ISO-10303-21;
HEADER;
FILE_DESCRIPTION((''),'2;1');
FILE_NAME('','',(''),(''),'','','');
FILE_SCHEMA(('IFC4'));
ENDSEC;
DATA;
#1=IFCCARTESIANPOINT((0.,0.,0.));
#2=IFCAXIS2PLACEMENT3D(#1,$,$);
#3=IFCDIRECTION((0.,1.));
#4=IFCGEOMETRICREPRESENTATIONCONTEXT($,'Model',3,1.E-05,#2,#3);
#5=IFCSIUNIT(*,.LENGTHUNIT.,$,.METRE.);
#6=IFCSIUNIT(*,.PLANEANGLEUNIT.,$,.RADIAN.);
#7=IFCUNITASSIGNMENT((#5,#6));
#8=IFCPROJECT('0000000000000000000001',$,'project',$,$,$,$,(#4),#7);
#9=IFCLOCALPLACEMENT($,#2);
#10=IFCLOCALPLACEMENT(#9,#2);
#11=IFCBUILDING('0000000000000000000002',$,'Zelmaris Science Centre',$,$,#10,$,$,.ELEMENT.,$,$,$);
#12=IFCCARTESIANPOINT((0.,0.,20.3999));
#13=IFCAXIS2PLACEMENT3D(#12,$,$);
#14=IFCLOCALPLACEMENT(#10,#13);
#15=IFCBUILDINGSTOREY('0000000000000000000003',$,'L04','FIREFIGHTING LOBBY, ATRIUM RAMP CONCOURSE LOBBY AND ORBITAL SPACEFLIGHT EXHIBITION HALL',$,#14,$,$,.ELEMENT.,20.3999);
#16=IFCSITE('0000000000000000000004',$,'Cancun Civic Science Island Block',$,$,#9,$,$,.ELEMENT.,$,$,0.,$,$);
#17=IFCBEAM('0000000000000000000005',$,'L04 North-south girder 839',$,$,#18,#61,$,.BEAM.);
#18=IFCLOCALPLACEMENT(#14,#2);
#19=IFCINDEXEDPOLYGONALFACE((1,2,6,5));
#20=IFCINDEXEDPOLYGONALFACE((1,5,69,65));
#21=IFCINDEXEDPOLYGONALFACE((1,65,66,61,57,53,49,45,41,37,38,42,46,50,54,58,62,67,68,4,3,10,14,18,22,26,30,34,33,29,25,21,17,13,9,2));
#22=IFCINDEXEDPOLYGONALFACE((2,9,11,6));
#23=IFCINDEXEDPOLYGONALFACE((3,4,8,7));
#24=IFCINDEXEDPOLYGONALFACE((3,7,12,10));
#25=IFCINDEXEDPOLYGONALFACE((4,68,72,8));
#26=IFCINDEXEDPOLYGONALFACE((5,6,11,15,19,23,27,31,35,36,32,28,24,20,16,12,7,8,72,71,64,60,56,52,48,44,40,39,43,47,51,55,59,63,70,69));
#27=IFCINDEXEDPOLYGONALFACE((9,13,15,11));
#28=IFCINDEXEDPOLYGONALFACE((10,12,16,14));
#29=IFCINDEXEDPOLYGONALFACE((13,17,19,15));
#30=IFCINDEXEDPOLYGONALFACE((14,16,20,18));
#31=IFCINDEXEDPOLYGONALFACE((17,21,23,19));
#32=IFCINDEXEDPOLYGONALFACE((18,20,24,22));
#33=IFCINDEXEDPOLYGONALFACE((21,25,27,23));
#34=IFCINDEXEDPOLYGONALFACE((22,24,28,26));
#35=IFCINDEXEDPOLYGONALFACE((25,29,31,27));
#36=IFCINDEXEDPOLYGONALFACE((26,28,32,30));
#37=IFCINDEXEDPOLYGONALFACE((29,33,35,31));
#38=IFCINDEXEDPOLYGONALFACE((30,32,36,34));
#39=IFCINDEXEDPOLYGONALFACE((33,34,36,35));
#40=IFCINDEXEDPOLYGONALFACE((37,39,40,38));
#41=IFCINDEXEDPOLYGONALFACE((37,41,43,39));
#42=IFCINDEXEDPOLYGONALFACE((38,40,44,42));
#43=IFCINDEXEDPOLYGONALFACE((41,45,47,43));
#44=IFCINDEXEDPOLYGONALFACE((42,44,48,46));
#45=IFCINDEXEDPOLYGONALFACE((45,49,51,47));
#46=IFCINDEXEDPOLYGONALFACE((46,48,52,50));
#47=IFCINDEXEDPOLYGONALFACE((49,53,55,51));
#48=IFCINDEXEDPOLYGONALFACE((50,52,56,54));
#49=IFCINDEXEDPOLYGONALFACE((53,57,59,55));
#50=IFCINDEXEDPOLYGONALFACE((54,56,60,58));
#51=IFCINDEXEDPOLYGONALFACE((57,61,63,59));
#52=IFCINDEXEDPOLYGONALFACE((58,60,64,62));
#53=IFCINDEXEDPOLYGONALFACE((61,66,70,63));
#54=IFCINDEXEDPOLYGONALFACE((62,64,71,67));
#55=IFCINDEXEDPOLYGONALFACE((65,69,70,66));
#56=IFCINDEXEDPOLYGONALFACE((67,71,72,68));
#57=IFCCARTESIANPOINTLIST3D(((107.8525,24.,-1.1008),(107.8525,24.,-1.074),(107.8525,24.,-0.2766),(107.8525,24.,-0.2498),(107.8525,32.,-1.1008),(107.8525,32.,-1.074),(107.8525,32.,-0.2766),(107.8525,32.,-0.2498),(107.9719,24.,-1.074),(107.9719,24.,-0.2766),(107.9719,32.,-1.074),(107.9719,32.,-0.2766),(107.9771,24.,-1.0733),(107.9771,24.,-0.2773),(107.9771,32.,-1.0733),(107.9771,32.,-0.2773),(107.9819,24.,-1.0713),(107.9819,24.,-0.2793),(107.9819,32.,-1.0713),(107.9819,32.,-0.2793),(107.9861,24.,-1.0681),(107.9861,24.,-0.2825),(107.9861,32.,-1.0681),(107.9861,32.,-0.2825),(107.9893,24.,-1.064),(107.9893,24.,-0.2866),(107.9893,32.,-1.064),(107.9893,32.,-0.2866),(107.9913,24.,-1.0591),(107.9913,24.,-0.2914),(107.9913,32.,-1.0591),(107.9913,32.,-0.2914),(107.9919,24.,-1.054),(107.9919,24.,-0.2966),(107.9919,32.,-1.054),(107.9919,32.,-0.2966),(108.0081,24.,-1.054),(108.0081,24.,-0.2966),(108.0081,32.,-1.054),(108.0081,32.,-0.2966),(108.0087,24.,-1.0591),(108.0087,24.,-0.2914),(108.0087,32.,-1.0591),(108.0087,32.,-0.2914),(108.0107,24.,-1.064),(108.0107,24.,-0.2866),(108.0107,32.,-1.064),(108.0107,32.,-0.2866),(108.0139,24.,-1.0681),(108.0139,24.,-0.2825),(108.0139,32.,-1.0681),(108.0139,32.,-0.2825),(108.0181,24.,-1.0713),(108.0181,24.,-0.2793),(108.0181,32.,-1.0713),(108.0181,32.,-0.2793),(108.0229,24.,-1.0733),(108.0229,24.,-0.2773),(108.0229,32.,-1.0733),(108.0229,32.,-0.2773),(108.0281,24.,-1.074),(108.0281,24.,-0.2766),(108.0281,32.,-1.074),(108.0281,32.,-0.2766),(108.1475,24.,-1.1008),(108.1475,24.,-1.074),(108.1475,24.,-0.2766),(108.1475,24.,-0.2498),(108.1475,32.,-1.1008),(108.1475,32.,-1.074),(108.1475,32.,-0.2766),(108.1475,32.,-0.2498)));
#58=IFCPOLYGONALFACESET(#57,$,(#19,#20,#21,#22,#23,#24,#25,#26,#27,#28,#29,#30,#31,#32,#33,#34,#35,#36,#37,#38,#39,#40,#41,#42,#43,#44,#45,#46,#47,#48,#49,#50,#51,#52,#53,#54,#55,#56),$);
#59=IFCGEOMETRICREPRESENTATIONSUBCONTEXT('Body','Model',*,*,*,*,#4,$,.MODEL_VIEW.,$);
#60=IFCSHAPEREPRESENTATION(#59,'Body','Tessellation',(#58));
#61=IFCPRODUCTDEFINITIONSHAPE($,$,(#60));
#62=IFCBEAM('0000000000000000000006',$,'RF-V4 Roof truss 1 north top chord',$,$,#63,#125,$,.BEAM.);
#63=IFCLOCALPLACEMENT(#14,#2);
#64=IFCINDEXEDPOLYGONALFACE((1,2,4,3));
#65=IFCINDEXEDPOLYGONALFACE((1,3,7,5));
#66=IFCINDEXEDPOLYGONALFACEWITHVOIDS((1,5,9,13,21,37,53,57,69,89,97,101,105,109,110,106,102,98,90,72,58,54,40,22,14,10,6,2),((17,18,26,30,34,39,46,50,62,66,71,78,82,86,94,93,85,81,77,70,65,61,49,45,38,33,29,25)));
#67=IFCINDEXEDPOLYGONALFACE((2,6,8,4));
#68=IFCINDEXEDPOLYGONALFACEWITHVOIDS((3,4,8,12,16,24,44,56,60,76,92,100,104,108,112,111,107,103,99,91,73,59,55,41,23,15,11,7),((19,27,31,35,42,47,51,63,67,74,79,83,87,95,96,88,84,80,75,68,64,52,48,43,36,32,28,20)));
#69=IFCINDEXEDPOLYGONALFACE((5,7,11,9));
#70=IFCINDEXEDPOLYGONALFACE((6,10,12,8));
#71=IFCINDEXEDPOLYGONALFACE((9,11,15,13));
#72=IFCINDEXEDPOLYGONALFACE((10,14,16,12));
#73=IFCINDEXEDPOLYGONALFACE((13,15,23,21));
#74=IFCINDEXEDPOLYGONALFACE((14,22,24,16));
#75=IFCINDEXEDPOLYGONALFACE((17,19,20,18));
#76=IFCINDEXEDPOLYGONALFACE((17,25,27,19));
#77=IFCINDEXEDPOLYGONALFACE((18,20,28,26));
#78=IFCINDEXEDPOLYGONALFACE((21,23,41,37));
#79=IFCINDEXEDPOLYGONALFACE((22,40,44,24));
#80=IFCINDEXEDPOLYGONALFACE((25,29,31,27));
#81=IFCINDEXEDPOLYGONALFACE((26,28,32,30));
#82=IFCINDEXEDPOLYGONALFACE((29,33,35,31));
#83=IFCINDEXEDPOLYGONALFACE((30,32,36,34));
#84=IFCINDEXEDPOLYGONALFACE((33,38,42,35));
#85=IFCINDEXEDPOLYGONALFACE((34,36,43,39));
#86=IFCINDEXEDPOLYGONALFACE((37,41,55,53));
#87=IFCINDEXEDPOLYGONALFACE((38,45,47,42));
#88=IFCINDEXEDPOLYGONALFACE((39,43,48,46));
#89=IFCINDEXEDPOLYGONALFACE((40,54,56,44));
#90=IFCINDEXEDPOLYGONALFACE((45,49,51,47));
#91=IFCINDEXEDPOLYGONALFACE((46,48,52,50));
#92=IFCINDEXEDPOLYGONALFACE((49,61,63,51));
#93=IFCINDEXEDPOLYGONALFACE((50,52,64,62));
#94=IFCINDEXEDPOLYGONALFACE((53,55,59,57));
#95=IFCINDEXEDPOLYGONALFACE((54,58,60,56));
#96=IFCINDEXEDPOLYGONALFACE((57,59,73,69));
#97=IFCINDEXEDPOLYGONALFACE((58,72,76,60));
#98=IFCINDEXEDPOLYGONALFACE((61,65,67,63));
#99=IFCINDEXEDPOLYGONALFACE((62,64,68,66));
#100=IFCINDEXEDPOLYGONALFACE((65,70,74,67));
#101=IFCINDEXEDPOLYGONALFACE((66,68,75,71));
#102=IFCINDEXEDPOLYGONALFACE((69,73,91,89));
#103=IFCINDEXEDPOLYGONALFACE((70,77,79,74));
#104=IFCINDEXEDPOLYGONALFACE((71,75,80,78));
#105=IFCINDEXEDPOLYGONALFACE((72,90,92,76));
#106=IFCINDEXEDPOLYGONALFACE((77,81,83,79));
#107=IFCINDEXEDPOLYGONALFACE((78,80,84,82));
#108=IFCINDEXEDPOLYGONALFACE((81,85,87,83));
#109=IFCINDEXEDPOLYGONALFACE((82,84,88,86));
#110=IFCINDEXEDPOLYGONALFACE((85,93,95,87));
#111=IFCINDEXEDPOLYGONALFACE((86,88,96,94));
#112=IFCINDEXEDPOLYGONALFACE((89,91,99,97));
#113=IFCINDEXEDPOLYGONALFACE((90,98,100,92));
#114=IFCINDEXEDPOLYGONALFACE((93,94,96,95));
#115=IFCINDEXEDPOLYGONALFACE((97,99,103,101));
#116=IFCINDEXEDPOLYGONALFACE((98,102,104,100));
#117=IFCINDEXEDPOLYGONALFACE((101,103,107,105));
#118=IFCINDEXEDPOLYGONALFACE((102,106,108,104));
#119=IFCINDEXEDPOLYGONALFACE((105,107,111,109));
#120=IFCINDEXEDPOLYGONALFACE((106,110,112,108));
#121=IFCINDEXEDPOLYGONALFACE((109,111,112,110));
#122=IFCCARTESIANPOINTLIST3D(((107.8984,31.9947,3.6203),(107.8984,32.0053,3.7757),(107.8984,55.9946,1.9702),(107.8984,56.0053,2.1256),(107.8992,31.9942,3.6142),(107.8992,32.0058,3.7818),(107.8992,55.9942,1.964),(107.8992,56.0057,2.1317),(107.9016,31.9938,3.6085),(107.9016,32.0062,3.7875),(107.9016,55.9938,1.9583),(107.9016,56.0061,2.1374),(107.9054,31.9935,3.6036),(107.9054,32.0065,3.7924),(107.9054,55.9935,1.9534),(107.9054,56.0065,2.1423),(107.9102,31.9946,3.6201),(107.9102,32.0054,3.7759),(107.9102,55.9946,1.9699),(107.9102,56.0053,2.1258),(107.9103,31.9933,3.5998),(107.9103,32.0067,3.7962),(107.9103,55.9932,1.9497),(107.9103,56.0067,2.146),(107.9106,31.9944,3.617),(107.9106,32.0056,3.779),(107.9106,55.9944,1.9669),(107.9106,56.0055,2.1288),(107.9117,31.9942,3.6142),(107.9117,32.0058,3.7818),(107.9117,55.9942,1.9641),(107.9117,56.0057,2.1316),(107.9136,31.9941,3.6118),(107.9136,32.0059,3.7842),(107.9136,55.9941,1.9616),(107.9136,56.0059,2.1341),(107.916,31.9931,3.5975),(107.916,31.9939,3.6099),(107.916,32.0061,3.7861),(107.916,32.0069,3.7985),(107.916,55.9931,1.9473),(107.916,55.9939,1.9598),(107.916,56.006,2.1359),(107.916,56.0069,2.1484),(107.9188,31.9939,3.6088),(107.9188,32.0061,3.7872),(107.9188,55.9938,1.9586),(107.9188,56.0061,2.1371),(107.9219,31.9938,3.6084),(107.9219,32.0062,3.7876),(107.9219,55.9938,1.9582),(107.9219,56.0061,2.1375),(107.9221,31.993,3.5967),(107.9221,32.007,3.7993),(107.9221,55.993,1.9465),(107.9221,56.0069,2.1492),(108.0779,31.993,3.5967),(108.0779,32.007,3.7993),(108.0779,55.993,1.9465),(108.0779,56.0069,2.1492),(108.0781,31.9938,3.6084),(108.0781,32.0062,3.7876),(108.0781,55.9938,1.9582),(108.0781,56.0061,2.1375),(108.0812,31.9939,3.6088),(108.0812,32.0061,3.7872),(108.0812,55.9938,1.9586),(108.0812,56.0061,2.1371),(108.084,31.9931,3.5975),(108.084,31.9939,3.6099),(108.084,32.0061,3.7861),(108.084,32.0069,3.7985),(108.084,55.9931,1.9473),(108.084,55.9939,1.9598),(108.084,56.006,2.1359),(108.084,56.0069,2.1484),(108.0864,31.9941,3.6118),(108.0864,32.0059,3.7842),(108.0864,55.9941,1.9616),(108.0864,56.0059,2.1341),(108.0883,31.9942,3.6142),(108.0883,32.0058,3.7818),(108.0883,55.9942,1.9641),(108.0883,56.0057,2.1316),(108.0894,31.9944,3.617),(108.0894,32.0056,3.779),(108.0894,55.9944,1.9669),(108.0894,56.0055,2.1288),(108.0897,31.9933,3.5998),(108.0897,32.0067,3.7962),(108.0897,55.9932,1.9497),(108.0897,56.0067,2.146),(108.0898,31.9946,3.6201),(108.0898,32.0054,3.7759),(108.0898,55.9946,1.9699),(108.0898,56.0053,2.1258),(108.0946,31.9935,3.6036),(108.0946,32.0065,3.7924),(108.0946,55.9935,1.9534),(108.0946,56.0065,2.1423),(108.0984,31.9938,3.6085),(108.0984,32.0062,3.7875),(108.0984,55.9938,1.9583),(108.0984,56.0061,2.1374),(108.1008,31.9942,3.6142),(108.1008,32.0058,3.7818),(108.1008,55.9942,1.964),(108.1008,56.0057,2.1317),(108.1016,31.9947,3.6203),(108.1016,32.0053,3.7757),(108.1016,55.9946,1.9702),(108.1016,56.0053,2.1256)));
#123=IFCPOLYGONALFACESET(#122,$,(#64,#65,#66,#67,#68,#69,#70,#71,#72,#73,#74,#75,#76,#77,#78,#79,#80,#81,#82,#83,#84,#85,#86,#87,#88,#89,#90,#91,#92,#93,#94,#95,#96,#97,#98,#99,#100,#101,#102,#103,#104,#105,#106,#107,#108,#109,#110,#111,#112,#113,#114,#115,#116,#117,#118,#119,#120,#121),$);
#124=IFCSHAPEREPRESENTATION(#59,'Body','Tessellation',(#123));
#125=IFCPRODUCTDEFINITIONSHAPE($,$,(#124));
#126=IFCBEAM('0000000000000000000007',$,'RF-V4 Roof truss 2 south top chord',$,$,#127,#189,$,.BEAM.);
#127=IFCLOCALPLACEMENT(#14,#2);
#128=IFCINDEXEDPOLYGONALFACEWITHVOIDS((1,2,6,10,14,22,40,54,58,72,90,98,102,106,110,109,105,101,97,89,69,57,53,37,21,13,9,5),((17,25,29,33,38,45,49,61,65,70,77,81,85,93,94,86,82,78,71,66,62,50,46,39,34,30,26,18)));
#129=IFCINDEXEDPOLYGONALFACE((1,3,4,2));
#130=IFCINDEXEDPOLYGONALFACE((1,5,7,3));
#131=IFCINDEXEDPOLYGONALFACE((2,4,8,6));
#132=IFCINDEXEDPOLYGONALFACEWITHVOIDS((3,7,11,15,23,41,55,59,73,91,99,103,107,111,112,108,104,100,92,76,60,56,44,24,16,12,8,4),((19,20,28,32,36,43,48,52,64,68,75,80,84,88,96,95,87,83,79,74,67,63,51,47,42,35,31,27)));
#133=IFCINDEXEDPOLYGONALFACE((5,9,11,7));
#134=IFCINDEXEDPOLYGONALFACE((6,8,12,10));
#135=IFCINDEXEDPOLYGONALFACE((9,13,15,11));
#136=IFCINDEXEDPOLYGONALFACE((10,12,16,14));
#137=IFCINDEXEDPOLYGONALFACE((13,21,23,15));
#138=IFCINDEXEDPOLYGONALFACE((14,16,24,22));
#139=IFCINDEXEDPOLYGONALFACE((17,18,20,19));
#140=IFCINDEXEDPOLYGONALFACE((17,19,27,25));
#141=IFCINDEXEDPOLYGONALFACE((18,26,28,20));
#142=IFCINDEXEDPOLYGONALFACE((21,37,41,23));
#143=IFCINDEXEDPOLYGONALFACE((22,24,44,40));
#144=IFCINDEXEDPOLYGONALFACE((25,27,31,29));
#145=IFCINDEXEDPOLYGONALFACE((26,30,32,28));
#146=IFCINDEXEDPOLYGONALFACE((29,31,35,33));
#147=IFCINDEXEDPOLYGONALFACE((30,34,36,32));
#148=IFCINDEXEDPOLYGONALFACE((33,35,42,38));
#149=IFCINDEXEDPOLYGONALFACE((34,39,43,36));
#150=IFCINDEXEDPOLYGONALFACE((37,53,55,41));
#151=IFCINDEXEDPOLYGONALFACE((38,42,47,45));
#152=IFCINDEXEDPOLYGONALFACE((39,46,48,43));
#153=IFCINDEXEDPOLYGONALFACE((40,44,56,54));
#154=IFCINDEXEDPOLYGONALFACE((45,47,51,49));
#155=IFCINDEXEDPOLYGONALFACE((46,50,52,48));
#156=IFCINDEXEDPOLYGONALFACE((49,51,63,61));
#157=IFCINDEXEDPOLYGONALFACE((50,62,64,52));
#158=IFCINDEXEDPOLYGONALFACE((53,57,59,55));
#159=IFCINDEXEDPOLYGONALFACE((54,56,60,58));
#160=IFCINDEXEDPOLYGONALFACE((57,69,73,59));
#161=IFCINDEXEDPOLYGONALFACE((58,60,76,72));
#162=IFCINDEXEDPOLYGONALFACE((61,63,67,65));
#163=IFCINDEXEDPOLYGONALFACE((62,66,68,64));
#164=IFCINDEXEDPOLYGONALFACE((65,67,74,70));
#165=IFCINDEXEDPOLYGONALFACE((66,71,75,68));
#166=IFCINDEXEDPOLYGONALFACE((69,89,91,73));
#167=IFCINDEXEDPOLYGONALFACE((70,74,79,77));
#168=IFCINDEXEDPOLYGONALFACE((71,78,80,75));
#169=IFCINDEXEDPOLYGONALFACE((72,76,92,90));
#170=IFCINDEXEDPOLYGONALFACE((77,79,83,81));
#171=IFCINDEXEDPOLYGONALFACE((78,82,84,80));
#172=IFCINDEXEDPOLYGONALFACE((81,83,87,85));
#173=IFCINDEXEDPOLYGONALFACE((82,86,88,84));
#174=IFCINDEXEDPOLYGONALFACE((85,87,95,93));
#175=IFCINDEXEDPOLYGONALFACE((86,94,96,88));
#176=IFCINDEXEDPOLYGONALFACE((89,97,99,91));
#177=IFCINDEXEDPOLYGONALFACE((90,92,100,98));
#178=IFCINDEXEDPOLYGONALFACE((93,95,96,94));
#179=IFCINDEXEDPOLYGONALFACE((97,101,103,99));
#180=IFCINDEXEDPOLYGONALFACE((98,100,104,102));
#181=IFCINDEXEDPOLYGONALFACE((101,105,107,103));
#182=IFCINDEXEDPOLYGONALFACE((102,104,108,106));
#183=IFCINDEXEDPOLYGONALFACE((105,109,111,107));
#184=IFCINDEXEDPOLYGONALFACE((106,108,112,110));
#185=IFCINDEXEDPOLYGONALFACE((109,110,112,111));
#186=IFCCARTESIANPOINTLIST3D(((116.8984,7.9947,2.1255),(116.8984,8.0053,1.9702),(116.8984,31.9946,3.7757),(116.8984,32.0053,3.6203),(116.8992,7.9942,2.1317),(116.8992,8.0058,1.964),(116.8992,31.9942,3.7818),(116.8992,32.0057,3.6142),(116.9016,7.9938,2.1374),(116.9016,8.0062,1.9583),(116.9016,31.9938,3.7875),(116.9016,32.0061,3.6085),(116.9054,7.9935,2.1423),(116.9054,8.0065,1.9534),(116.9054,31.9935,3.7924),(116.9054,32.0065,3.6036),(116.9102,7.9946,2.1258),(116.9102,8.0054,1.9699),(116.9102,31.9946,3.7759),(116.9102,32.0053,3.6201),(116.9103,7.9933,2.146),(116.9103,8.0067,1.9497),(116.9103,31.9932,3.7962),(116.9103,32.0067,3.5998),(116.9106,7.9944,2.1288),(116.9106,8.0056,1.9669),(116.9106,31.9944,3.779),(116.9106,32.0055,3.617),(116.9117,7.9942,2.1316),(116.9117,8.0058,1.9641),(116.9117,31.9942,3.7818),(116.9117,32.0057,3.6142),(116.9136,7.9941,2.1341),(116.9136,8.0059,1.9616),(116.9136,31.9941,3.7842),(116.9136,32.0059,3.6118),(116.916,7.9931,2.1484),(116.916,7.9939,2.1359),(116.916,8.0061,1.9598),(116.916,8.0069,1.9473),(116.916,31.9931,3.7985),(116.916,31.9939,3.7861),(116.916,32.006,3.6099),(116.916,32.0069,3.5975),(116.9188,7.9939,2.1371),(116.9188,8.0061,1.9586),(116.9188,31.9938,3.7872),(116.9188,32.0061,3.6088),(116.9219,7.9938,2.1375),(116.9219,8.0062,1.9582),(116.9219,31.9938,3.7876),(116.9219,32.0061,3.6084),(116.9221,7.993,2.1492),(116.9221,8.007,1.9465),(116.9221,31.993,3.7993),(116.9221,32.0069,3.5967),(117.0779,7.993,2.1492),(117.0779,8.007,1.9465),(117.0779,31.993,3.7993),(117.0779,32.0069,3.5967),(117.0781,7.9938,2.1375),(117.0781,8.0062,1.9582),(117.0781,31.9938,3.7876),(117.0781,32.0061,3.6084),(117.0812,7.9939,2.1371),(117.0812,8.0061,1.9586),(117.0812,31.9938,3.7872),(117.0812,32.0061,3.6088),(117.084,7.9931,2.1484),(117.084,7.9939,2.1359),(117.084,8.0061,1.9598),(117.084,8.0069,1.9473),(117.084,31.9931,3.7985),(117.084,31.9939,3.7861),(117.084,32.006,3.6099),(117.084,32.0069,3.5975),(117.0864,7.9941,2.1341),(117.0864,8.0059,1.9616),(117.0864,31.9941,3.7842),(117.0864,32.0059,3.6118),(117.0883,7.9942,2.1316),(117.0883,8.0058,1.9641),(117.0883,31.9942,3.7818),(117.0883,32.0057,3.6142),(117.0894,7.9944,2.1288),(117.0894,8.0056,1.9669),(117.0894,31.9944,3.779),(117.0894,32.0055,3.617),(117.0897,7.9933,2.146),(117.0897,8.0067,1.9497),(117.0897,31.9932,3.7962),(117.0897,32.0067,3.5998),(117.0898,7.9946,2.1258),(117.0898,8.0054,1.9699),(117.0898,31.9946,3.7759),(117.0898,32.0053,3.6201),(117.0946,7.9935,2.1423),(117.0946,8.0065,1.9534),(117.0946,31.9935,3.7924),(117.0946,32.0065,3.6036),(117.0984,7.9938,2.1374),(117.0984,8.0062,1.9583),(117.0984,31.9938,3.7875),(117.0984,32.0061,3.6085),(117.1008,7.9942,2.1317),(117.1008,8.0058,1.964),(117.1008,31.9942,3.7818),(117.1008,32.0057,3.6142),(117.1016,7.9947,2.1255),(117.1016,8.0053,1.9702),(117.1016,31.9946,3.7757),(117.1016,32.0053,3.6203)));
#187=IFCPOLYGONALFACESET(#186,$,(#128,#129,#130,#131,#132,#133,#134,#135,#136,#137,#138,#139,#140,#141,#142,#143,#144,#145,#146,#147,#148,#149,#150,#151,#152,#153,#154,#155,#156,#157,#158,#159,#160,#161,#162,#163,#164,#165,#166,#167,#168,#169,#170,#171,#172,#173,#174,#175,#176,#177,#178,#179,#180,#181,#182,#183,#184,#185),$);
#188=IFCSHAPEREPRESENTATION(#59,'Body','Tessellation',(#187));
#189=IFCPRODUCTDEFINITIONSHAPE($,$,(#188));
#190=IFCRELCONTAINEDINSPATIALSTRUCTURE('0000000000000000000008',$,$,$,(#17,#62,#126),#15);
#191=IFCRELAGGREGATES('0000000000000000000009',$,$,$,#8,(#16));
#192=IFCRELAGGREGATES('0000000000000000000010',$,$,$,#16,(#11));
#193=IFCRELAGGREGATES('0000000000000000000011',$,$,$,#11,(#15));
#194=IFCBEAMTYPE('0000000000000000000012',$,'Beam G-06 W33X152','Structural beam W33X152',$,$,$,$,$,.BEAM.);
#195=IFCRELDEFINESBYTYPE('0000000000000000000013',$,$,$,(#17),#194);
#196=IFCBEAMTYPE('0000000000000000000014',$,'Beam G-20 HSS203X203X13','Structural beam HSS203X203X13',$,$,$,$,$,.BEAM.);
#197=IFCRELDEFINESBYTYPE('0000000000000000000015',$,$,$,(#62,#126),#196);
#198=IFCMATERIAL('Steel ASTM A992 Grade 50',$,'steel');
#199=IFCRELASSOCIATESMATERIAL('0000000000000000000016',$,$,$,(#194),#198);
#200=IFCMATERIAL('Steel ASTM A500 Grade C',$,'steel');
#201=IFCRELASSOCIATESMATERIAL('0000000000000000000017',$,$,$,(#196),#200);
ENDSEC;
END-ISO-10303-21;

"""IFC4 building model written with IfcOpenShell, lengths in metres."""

from ifc_helpers import new_model, si_unit, direction, frame, origin, origin_2d, place, context, subcontext, project, spatial, hollow_rectangle, i_section, extrude, material, material_profile, profile_set, type_object, element, save


model = new_model("IFC4")

# Units and contexts
model_context = context("Model", 3, precision=1e-05, world=origin(), true_north=direction((0.0, 1.0)))
body_context = subcontext(model_context, "Body", "Model", "MODEL_VIEW")
ifc_project = project(units=[si_unit("LENGTHUNIT", "METRE"), si_unit("PLANEANGLEUNIT", "RADIAN")], contexts=[model_context])

# Site, building, storey
site_placement = place(None, origin())
site = spatial("IfcSite", under=ifc_project, at=site_placement, Name="Cancun Civic Science Island Block", CompositionType="ELEMENT", RefElevation=0.0)
building_placement = place(site_placement, origin())
building = spatial("IfcBuilding", under=site, at=building_placement, Name="Zelmaris Science Centre", CompositionType="ELEMENT")
storey_placement = place(building_placement, frame((0.0, 0.0, 20.3999)))
storey = spatial("IfcBuildingStorey", under=building, at=storey_placement, Name="L04", Description="FIREFIGHTING LOBBY, ATRIUM RAMP CONCOURSE LOBBY AND ORBITAL SPACEFLIGHT EXHIBITION HALL", CompositionType="ELEMENT", Elevation=20.3999)

# Beams
ifc_material_1 = material(Name="Steel ASTM A992 Grade 50", Category="steel")
ifc_material_profile_1 = material_profile(ifc_material_1, i_section(OverallWidth=0.2949, OverallDepth=0.8511, WebThickness=0.0161, FlangeThickness=0.0269, FilletRadius=0.02, at=origin_2d()), Name="W33X152")
ifc_profile_set_1 = profile_set([ifc_material_profile_1], Name="Steel ASTM A992 Grade 50")
beam_type_1 = type_object("IfcBeamType", Name="Beam G-06 W33X152", Description="Structural beam W33X152", PredefinedType="BEAM", material=ifc_profile_set_1)
beam_1_placement = place(storey_placement, frame((108.0, 24.0, -0.6753), z_axis=(0.0, 1.0, 0.0), x_axis=(-1.0, 0.0, 0.0)))
element("IfcBeam", 1, at=beam_1_placement, inside=storey, type_object=beam_type_1, Name="L04 North-south girder 839", PredefinedType="BEAM", context=body_context, shape_type="SweptSolid", body=[
    extrude(i_section(OverallWidth=0.2949, OverallDepth=0.8511, WebThickness=0.0161, FlangeThickness=0.0269, FilletRadius=0.02, at=origin_2d()), origin(), (0.0, 0.0, 1.0), 8.0),
])
ifc_material_2 = material(Name="Steel ASTM A500 Grade C", Category="steel")
ifc_material_profile_2 = material_profile(ifc_material_2, hollow_rectangle(XDim=0.2031, YDim=0.2031, WallThickness=0.0117, InnerFilletRadius=0.0117, OuterFilletRadius=0.0237, at=origin_2d()), Name="HSS203X203X13")
ifc_profile_set_2 = profile_set([ifc_material_profile_2], Name="Steel ASTM A500 Grade C")
beam_type_2 = type_object("IfcBeamType", Name="Beam G-20 HSS203X203X13", Description="Structural beam HSS203X203X13", PredefinedType="BEAM", material=ifc_profile_set_2)
for number, where, z_axis, x_axis, name in (
    (2, (108.0, 32.0, 3.698), (0.0, 0.997645, -0.068594), (-1.0, 0.0, 0.0), "RF-V4 Roof truss 1 north top chord"),
    (3, (117.0, 8.0, 2.0479), (0.0, 0.997645, 0.068594), (-1.0, 0.0, 0.0), "RF-V4 Roof truss 2 south top chord"),
):
    element("IfcBeam", number, at=place(storey_placement, frame(where, z_axis=z_axis, x_axis=x_axis)), inside=storey, type_object=beam_type_2, Name=name, PredefinedType="BEAM", context=body_context, shape_type="SweptSolid", body=[
        extrude(hollow_rectangle(XDim=0.2031, YDim=0.2031, WallThickness=0.0117, InnerFilletRadius=0.0117, OuterFilletRadius=0.0237, at=origin_2d()), origin(), (0.0, 0.0, 1.0), 24.0566),
    ])

save(model, "model.ifc")
